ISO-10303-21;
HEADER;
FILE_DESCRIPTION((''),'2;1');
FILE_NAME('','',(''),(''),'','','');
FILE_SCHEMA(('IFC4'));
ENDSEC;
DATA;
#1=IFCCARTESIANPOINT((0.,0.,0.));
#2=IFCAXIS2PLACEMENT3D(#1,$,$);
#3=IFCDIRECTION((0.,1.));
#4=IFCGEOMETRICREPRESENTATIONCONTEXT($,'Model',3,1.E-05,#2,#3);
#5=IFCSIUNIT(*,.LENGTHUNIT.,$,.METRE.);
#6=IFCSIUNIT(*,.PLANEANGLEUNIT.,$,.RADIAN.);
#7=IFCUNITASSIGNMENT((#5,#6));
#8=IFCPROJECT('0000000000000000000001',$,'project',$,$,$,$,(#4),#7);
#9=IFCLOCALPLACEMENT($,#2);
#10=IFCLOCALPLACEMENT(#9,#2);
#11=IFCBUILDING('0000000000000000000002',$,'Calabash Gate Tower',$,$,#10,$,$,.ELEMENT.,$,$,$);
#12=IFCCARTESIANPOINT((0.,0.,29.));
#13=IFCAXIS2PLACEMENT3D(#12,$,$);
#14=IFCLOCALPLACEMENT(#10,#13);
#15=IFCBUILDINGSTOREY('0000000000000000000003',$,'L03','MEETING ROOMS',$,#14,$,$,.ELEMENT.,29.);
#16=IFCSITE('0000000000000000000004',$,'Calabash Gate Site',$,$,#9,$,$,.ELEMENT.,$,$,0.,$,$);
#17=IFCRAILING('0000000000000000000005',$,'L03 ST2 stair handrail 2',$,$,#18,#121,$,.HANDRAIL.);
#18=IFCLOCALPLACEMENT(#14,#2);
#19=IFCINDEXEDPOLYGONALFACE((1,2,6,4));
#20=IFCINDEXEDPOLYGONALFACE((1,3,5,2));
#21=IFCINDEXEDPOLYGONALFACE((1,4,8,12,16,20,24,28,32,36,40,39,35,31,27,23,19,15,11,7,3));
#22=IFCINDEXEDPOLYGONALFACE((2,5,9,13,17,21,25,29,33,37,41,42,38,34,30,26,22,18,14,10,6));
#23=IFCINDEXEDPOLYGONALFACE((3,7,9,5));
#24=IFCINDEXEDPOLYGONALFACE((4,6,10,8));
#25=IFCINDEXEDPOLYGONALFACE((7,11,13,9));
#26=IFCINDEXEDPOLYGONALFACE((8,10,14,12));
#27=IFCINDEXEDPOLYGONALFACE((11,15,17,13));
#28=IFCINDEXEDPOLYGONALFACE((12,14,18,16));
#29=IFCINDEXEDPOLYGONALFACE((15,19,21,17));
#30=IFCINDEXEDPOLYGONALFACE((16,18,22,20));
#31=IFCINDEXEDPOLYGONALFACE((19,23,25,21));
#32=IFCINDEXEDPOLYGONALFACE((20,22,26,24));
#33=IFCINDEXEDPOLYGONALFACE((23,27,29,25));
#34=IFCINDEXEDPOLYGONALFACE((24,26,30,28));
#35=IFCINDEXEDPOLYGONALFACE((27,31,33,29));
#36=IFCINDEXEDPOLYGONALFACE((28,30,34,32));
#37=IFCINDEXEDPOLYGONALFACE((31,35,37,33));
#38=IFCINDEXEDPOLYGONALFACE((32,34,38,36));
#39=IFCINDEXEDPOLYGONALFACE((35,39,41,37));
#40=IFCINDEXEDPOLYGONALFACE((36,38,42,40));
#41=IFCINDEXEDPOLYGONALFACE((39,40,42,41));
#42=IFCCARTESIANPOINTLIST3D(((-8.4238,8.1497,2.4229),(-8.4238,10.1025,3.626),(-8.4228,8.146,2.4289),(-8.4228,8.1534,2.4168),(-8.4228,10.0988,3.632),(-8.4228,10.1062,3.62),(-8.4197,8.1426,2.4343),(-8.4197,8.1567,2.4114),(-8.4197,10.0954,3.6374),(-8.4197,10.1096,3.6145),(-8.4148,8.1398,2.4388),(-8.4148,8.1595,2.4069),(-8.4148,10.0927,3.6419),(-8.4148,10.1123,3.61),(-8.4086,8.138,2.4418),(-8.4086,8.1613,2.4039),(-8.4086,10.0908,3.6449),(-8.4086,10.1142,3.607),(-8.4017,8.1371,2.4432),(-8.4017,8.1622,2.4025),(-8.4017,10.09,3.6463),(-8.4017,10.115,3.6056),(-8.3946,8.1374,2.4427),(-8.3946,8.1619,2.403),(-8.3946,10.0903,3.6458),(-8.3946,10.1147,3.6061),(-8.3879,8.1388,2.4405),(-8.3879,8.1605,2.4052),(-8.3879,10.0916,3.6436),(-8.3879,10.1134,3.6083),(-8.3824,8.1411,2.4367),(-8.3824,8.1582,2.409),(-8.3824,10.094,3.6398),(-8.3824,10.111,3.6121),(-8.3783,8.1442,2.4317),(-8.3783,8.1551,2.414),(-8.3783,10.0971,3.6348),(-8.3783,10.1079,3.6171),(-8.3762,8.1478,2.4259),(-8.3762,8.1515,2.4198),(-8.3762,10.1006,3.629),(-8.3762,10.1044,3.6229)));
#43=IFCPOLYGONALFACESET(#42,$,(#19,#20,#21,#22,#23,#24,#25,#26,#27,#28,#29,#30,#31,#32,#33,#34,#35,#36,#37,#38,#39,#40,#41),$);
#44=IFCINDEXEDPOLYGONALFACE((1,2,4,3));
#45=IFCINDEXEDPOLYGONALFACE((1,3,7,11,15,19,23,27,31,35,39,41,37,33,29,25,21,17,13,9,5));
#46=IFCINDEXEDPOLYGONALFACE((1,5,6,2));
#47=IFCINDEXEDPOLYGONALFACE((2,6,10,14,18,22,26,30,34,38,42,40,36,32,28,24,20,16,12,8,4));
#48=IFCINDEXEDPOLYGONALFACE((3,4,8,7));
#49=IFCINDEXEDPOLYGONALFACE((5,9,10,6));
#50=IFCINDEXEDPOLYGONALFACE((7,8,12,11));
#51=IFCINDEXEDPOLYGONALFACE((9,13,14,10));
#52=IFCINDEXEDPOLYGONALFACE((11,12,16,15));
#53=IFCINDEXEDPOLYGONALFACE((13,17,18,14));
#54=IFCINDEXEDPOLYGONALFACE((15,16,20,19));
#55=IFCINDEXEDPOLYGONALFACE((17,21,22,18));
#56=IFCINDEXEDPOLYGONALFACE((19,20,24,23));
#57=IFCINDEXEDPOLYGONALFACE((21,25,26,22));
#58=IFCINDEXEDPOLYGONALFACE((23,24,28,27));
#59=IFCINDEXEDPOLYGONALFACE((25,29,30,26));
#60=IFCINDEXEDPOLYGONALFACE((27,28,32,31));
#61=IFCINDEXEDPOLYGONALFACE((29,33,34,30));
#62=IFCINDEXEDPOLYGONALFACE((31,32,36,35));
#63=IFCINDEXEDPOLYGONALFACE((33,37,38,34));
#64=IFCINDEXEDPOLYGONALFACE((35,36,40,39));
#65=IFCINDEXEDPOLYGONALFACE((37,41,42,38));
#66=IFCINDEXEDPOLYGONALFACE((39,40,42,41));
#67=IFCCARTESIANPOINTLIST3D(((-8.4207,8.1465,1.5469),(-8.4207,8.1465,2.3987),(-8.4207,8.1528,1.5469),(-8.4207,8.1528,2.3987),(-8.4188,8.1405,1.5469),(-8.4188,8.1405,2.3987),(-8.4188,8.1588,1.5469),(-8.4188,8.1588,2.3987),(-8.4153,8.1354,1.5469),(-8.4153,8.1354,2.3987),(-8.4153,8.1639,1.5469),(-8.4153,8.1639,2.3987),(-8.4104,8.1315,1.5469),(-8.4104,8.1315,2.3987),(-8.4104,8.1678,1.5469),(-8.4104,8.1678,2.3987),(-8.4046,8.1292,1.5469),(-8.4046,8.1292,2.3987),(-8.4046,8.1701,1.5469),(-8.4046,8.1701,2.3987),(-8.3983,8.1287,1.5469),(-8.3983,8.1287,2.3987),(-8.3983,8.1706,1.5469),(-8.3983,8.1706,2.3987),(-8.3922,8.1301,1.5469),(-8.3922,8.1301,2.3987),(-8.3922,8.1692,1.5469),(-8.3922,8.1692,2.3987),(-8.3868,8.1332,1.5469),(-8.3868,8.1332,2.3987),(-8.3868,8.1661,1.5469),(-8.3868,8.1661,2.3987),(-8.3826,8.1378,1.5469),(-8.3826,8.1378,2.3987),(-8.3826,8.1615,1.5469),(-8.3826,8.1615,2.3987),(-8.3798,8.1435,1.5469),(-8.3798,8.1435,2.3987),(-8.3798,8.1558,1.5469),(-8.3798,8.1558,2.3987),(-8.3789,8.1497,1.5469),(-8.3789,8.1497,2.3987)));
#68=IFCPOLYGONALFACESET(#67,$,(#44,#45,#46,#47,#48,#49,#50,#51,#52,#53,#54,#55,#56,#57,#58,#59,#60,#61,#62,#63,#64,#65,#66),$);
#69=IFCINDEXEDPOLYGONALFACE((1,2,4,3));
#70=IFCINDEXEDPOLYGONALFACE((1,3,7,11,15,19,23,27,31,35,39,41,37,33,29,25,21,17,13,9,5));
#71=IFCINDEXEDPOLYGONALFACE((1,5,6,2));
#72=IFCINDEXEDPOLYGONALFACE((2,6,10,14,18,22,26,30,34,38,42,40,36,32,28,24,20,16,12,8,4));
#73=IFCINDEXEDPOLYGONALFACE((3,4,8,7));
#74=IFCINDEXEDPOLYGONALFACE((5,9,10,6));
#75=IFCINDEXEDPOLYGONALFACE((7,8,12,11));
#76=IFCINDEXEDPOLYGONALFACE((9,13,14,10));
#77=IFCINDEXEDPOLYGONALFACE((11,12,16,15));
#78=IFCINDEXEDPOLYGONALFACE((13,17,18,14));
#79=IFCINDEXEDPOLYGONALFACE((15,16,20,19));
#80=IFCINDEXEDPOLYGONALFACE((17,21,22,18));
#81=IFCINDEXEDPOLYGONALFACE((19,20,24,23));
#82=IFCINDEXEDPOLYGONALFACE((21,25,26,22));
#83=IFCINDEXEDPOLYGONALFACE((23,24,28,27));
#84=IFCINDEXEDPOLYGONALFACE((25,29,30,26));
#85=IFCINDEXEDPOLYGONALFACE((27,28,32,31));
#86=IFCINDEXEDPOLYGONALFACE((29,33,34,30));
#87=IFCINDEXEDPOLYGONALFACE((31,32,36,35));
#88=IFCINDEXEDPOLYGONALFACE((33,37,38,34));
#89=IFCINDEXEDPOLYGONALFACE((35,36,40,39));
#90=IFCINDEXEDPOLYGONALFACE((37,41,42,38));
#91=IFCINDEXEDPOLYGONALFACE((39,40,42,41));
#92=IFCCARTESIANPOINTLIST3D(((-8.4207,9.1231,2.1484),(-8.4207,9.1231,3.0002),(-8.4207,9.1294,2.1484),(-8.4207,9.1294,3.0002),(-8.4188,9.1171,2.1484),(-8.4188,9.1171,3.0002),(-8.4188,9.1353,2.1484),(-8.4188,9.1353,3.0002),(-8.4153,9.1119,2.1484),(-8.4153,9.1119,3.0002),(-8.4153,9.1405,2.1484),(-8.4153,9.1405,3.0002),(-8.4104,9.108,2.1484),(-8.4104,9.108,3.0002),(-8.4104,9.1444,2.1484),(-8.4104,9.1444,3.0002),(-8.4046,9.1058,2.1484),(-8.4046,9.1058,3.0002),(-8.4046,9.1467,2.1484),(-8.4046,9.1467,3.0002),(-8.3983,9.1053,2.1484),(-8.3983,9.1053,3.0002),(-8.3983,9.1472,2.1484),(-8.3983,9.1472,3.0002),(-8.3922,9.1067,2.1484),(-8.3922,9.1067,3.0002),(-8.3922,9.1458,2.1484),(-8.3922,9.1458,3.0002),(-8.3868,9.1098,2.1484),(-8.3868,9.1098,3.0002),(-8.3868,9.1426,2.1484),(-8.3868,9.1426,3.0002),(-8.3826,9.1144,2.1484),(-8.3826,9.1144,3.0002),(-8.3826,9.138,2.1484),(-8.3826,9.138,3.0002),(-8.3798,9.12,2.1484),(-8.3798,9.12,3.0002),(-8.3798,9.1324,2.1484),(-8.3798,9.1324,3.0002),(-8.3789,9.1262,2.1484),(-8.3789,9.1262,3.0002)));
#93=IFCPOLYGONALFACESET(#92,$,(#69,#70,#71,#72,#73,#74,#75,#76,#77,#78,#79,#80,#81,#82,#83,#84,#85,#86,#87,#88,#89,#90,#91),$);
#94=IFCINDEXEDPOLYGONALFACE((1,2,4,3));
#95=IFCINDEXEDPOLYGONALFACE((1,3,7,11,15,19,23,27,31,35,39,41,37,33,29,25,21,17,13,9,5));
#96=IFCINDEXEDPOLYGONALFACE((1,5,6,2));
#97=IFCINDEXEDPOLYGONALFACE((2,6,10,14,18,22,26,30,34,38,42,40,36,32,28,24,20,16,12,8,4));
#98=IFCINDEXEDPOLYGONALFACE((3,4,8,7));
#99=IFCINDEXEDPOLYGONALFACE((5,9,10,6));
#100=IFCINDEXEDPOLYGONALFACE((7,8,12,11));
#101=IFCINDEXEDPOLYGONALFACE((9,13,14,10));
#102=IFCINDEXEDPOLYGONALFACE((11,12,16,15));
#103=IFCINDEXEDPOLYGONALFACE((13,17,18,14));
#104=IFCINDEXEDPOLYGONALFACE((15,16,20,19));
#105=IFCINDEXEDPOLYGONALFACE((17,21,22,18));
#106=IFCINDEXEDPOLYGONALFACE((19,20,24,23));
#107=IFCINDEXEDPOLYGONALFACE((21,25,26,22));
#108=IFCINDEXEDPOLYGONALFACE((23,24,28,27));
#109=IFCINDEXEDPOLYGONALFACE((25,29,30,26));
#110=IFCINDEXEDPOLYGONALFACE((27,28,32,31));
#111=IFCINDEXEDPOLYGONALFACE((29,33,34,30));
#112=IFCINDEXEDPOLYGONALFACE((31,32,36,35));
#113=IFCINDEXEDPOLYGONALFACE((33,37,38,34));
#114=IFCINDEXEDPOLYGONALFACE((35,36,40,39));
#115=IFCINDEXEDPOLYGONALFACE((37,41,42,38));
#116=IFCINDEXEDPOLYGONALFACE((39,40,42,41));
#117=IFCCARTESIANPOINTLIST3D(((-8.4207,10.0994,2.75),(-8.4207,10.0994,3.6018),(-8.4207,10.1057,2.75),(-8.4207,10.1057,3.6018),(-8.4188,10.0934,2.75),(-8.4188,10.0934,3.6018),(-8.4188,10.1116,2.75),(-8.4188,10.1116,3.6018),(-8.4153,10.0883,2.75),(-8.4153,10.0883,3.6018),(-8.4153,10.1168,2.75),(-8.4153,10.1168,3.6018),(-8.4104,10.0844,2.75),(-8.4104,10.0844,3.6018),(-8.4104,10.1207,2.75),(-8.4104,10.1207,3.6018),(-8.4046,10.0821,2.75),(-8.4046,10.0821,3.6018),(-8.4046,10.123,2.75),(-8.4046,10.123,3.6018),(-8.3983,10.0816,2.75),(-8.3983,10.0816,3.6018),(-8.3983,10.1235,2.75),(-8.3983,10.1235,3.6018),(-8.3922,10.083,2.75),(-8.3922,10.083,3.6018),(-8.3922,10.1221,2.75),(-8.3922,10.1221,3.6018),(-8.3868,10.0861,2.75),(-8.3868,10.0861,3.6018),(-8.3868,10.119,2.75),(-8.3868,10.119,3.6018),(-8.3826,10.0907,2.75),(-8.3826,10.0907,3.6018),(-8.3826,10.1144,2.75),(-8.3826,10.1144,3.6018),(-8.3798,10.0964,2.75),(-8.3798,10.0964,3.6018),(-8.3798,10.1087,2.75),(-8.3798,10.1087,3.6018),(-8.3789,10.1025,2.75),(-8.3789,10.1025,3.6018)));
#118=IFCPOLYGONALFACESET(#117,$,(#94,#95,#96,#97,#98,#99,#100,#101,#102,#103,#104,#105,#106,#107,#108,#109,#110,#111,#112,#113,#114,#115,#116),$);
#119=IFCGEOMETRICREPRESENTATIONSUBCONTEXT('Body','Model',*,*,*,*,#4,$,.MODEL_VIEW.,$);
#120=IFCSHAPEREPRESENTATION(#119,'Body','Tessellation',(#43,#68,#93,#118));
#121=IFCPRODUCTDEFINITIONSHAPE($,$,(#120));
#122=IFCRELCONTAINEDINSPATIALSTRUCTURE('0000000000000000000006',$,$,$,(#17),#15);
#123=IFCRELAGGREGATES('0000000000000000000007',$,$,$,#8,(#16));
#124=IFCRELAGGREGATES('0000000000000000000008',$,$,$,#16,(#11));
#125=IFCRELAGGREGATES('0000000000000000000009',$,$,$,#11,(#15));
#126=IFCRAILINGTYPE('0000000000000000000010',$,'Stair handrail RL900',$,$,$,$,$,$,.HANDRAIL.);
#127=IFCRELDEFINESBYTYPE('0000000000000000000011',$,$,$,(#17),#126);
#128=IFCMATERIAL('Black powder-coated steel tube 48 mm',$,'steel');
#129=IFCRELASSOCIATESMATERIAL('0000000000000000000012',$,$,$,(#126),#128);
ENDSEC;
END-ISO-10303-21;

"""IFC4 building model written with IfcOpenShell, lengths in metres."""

from ifc_helpers import new_model, si_unit, direction, frame, origin, origin_2d, place, context, subcontext, project, spatial, circle, extrude, material, type_object, element, save


model = new_model("IFC4")

# Units and contexts
model_context = context("Model", 3, precision=1e-05, world=origin(), true_north=direction((0.0, 1.0)))
body_context = subcontext(model_context, "Body", "Model", "MODEL_VIEW")
ifc_project = project(units=[si_unit("LENGTHUNIT", "METRE"), si_unit("PLANEANGLEUNIT", "RADIAN")], contexts=[model_context])

# Site, building, storey
site_placement = place(None, origin())
site = spatial("IfcSite", under=ifc_project, at=site_placement, Name="Calabash Gate Site", CompositionType="ELEMENT", RefElevation=0.0)
building_placement = place(site_placement, origin())
building = spatial("IfcBuilding", under=site, at=building_placement, Name="Calabash Gate Tower", CompositionType="ELEMENT")
storey_placement = place(building_placement, frame((0.0, 0.0, 29.0)))
storey = spatial("IfcBuildingStorey", under=building, at=storey_placement, Name="L03", Description="MEETING ROOMS", CompositionType="ELEMENT", Elevation=29.0)

# Railing
ifc_material_1 = material(Name="Black powder-coated steel tube 48 mm", Category="steel")
railing_type_1 = type_object("IfcRailingType", Name="Stair handrail RL900", PredefinedType="HANDRAIL", material=ifc_material_1)
railing_1_placement = place(storey_placement, frame((-8.3999, 8.1497, 1.5469)))
element("IfcRailing", 1, at=railing_1_placement, inside=storey, type_object=railing_type_1, Name="L03 ST2 stair handrail 2", PredefinedType="HANDRAIL", context=body_context, shape_type="SweptSolid", body=[
    extrude(circle(Radius=0.0239, at=origin_2d()), frame((0.0, 0.0, 0.876), z_axis=(0.0, 0.851395, 0.524525), x_axis=(-1.0, 0.0, 0.0)), (0.0, 0.0, 1.0), 2.2937),
    extrude(circle(Radius=0.021, at=origin_2d()), origin(), (0.0, 0.0, 1.0), 0.8518),
    extrude(circle(Radius=0.021, at=origin_2d()), frame((0.0, 0.9766, 0.6016)), (0.0, 0.0, 1.0), 0.8518),
    extrude(circle(Radius=0.021, at=origin_2d()), frame((0.0, 1.9529, 1.2031)), (0.0, 0.0, 1.0), 0.8518),
])

save(model, "model.ifc")
